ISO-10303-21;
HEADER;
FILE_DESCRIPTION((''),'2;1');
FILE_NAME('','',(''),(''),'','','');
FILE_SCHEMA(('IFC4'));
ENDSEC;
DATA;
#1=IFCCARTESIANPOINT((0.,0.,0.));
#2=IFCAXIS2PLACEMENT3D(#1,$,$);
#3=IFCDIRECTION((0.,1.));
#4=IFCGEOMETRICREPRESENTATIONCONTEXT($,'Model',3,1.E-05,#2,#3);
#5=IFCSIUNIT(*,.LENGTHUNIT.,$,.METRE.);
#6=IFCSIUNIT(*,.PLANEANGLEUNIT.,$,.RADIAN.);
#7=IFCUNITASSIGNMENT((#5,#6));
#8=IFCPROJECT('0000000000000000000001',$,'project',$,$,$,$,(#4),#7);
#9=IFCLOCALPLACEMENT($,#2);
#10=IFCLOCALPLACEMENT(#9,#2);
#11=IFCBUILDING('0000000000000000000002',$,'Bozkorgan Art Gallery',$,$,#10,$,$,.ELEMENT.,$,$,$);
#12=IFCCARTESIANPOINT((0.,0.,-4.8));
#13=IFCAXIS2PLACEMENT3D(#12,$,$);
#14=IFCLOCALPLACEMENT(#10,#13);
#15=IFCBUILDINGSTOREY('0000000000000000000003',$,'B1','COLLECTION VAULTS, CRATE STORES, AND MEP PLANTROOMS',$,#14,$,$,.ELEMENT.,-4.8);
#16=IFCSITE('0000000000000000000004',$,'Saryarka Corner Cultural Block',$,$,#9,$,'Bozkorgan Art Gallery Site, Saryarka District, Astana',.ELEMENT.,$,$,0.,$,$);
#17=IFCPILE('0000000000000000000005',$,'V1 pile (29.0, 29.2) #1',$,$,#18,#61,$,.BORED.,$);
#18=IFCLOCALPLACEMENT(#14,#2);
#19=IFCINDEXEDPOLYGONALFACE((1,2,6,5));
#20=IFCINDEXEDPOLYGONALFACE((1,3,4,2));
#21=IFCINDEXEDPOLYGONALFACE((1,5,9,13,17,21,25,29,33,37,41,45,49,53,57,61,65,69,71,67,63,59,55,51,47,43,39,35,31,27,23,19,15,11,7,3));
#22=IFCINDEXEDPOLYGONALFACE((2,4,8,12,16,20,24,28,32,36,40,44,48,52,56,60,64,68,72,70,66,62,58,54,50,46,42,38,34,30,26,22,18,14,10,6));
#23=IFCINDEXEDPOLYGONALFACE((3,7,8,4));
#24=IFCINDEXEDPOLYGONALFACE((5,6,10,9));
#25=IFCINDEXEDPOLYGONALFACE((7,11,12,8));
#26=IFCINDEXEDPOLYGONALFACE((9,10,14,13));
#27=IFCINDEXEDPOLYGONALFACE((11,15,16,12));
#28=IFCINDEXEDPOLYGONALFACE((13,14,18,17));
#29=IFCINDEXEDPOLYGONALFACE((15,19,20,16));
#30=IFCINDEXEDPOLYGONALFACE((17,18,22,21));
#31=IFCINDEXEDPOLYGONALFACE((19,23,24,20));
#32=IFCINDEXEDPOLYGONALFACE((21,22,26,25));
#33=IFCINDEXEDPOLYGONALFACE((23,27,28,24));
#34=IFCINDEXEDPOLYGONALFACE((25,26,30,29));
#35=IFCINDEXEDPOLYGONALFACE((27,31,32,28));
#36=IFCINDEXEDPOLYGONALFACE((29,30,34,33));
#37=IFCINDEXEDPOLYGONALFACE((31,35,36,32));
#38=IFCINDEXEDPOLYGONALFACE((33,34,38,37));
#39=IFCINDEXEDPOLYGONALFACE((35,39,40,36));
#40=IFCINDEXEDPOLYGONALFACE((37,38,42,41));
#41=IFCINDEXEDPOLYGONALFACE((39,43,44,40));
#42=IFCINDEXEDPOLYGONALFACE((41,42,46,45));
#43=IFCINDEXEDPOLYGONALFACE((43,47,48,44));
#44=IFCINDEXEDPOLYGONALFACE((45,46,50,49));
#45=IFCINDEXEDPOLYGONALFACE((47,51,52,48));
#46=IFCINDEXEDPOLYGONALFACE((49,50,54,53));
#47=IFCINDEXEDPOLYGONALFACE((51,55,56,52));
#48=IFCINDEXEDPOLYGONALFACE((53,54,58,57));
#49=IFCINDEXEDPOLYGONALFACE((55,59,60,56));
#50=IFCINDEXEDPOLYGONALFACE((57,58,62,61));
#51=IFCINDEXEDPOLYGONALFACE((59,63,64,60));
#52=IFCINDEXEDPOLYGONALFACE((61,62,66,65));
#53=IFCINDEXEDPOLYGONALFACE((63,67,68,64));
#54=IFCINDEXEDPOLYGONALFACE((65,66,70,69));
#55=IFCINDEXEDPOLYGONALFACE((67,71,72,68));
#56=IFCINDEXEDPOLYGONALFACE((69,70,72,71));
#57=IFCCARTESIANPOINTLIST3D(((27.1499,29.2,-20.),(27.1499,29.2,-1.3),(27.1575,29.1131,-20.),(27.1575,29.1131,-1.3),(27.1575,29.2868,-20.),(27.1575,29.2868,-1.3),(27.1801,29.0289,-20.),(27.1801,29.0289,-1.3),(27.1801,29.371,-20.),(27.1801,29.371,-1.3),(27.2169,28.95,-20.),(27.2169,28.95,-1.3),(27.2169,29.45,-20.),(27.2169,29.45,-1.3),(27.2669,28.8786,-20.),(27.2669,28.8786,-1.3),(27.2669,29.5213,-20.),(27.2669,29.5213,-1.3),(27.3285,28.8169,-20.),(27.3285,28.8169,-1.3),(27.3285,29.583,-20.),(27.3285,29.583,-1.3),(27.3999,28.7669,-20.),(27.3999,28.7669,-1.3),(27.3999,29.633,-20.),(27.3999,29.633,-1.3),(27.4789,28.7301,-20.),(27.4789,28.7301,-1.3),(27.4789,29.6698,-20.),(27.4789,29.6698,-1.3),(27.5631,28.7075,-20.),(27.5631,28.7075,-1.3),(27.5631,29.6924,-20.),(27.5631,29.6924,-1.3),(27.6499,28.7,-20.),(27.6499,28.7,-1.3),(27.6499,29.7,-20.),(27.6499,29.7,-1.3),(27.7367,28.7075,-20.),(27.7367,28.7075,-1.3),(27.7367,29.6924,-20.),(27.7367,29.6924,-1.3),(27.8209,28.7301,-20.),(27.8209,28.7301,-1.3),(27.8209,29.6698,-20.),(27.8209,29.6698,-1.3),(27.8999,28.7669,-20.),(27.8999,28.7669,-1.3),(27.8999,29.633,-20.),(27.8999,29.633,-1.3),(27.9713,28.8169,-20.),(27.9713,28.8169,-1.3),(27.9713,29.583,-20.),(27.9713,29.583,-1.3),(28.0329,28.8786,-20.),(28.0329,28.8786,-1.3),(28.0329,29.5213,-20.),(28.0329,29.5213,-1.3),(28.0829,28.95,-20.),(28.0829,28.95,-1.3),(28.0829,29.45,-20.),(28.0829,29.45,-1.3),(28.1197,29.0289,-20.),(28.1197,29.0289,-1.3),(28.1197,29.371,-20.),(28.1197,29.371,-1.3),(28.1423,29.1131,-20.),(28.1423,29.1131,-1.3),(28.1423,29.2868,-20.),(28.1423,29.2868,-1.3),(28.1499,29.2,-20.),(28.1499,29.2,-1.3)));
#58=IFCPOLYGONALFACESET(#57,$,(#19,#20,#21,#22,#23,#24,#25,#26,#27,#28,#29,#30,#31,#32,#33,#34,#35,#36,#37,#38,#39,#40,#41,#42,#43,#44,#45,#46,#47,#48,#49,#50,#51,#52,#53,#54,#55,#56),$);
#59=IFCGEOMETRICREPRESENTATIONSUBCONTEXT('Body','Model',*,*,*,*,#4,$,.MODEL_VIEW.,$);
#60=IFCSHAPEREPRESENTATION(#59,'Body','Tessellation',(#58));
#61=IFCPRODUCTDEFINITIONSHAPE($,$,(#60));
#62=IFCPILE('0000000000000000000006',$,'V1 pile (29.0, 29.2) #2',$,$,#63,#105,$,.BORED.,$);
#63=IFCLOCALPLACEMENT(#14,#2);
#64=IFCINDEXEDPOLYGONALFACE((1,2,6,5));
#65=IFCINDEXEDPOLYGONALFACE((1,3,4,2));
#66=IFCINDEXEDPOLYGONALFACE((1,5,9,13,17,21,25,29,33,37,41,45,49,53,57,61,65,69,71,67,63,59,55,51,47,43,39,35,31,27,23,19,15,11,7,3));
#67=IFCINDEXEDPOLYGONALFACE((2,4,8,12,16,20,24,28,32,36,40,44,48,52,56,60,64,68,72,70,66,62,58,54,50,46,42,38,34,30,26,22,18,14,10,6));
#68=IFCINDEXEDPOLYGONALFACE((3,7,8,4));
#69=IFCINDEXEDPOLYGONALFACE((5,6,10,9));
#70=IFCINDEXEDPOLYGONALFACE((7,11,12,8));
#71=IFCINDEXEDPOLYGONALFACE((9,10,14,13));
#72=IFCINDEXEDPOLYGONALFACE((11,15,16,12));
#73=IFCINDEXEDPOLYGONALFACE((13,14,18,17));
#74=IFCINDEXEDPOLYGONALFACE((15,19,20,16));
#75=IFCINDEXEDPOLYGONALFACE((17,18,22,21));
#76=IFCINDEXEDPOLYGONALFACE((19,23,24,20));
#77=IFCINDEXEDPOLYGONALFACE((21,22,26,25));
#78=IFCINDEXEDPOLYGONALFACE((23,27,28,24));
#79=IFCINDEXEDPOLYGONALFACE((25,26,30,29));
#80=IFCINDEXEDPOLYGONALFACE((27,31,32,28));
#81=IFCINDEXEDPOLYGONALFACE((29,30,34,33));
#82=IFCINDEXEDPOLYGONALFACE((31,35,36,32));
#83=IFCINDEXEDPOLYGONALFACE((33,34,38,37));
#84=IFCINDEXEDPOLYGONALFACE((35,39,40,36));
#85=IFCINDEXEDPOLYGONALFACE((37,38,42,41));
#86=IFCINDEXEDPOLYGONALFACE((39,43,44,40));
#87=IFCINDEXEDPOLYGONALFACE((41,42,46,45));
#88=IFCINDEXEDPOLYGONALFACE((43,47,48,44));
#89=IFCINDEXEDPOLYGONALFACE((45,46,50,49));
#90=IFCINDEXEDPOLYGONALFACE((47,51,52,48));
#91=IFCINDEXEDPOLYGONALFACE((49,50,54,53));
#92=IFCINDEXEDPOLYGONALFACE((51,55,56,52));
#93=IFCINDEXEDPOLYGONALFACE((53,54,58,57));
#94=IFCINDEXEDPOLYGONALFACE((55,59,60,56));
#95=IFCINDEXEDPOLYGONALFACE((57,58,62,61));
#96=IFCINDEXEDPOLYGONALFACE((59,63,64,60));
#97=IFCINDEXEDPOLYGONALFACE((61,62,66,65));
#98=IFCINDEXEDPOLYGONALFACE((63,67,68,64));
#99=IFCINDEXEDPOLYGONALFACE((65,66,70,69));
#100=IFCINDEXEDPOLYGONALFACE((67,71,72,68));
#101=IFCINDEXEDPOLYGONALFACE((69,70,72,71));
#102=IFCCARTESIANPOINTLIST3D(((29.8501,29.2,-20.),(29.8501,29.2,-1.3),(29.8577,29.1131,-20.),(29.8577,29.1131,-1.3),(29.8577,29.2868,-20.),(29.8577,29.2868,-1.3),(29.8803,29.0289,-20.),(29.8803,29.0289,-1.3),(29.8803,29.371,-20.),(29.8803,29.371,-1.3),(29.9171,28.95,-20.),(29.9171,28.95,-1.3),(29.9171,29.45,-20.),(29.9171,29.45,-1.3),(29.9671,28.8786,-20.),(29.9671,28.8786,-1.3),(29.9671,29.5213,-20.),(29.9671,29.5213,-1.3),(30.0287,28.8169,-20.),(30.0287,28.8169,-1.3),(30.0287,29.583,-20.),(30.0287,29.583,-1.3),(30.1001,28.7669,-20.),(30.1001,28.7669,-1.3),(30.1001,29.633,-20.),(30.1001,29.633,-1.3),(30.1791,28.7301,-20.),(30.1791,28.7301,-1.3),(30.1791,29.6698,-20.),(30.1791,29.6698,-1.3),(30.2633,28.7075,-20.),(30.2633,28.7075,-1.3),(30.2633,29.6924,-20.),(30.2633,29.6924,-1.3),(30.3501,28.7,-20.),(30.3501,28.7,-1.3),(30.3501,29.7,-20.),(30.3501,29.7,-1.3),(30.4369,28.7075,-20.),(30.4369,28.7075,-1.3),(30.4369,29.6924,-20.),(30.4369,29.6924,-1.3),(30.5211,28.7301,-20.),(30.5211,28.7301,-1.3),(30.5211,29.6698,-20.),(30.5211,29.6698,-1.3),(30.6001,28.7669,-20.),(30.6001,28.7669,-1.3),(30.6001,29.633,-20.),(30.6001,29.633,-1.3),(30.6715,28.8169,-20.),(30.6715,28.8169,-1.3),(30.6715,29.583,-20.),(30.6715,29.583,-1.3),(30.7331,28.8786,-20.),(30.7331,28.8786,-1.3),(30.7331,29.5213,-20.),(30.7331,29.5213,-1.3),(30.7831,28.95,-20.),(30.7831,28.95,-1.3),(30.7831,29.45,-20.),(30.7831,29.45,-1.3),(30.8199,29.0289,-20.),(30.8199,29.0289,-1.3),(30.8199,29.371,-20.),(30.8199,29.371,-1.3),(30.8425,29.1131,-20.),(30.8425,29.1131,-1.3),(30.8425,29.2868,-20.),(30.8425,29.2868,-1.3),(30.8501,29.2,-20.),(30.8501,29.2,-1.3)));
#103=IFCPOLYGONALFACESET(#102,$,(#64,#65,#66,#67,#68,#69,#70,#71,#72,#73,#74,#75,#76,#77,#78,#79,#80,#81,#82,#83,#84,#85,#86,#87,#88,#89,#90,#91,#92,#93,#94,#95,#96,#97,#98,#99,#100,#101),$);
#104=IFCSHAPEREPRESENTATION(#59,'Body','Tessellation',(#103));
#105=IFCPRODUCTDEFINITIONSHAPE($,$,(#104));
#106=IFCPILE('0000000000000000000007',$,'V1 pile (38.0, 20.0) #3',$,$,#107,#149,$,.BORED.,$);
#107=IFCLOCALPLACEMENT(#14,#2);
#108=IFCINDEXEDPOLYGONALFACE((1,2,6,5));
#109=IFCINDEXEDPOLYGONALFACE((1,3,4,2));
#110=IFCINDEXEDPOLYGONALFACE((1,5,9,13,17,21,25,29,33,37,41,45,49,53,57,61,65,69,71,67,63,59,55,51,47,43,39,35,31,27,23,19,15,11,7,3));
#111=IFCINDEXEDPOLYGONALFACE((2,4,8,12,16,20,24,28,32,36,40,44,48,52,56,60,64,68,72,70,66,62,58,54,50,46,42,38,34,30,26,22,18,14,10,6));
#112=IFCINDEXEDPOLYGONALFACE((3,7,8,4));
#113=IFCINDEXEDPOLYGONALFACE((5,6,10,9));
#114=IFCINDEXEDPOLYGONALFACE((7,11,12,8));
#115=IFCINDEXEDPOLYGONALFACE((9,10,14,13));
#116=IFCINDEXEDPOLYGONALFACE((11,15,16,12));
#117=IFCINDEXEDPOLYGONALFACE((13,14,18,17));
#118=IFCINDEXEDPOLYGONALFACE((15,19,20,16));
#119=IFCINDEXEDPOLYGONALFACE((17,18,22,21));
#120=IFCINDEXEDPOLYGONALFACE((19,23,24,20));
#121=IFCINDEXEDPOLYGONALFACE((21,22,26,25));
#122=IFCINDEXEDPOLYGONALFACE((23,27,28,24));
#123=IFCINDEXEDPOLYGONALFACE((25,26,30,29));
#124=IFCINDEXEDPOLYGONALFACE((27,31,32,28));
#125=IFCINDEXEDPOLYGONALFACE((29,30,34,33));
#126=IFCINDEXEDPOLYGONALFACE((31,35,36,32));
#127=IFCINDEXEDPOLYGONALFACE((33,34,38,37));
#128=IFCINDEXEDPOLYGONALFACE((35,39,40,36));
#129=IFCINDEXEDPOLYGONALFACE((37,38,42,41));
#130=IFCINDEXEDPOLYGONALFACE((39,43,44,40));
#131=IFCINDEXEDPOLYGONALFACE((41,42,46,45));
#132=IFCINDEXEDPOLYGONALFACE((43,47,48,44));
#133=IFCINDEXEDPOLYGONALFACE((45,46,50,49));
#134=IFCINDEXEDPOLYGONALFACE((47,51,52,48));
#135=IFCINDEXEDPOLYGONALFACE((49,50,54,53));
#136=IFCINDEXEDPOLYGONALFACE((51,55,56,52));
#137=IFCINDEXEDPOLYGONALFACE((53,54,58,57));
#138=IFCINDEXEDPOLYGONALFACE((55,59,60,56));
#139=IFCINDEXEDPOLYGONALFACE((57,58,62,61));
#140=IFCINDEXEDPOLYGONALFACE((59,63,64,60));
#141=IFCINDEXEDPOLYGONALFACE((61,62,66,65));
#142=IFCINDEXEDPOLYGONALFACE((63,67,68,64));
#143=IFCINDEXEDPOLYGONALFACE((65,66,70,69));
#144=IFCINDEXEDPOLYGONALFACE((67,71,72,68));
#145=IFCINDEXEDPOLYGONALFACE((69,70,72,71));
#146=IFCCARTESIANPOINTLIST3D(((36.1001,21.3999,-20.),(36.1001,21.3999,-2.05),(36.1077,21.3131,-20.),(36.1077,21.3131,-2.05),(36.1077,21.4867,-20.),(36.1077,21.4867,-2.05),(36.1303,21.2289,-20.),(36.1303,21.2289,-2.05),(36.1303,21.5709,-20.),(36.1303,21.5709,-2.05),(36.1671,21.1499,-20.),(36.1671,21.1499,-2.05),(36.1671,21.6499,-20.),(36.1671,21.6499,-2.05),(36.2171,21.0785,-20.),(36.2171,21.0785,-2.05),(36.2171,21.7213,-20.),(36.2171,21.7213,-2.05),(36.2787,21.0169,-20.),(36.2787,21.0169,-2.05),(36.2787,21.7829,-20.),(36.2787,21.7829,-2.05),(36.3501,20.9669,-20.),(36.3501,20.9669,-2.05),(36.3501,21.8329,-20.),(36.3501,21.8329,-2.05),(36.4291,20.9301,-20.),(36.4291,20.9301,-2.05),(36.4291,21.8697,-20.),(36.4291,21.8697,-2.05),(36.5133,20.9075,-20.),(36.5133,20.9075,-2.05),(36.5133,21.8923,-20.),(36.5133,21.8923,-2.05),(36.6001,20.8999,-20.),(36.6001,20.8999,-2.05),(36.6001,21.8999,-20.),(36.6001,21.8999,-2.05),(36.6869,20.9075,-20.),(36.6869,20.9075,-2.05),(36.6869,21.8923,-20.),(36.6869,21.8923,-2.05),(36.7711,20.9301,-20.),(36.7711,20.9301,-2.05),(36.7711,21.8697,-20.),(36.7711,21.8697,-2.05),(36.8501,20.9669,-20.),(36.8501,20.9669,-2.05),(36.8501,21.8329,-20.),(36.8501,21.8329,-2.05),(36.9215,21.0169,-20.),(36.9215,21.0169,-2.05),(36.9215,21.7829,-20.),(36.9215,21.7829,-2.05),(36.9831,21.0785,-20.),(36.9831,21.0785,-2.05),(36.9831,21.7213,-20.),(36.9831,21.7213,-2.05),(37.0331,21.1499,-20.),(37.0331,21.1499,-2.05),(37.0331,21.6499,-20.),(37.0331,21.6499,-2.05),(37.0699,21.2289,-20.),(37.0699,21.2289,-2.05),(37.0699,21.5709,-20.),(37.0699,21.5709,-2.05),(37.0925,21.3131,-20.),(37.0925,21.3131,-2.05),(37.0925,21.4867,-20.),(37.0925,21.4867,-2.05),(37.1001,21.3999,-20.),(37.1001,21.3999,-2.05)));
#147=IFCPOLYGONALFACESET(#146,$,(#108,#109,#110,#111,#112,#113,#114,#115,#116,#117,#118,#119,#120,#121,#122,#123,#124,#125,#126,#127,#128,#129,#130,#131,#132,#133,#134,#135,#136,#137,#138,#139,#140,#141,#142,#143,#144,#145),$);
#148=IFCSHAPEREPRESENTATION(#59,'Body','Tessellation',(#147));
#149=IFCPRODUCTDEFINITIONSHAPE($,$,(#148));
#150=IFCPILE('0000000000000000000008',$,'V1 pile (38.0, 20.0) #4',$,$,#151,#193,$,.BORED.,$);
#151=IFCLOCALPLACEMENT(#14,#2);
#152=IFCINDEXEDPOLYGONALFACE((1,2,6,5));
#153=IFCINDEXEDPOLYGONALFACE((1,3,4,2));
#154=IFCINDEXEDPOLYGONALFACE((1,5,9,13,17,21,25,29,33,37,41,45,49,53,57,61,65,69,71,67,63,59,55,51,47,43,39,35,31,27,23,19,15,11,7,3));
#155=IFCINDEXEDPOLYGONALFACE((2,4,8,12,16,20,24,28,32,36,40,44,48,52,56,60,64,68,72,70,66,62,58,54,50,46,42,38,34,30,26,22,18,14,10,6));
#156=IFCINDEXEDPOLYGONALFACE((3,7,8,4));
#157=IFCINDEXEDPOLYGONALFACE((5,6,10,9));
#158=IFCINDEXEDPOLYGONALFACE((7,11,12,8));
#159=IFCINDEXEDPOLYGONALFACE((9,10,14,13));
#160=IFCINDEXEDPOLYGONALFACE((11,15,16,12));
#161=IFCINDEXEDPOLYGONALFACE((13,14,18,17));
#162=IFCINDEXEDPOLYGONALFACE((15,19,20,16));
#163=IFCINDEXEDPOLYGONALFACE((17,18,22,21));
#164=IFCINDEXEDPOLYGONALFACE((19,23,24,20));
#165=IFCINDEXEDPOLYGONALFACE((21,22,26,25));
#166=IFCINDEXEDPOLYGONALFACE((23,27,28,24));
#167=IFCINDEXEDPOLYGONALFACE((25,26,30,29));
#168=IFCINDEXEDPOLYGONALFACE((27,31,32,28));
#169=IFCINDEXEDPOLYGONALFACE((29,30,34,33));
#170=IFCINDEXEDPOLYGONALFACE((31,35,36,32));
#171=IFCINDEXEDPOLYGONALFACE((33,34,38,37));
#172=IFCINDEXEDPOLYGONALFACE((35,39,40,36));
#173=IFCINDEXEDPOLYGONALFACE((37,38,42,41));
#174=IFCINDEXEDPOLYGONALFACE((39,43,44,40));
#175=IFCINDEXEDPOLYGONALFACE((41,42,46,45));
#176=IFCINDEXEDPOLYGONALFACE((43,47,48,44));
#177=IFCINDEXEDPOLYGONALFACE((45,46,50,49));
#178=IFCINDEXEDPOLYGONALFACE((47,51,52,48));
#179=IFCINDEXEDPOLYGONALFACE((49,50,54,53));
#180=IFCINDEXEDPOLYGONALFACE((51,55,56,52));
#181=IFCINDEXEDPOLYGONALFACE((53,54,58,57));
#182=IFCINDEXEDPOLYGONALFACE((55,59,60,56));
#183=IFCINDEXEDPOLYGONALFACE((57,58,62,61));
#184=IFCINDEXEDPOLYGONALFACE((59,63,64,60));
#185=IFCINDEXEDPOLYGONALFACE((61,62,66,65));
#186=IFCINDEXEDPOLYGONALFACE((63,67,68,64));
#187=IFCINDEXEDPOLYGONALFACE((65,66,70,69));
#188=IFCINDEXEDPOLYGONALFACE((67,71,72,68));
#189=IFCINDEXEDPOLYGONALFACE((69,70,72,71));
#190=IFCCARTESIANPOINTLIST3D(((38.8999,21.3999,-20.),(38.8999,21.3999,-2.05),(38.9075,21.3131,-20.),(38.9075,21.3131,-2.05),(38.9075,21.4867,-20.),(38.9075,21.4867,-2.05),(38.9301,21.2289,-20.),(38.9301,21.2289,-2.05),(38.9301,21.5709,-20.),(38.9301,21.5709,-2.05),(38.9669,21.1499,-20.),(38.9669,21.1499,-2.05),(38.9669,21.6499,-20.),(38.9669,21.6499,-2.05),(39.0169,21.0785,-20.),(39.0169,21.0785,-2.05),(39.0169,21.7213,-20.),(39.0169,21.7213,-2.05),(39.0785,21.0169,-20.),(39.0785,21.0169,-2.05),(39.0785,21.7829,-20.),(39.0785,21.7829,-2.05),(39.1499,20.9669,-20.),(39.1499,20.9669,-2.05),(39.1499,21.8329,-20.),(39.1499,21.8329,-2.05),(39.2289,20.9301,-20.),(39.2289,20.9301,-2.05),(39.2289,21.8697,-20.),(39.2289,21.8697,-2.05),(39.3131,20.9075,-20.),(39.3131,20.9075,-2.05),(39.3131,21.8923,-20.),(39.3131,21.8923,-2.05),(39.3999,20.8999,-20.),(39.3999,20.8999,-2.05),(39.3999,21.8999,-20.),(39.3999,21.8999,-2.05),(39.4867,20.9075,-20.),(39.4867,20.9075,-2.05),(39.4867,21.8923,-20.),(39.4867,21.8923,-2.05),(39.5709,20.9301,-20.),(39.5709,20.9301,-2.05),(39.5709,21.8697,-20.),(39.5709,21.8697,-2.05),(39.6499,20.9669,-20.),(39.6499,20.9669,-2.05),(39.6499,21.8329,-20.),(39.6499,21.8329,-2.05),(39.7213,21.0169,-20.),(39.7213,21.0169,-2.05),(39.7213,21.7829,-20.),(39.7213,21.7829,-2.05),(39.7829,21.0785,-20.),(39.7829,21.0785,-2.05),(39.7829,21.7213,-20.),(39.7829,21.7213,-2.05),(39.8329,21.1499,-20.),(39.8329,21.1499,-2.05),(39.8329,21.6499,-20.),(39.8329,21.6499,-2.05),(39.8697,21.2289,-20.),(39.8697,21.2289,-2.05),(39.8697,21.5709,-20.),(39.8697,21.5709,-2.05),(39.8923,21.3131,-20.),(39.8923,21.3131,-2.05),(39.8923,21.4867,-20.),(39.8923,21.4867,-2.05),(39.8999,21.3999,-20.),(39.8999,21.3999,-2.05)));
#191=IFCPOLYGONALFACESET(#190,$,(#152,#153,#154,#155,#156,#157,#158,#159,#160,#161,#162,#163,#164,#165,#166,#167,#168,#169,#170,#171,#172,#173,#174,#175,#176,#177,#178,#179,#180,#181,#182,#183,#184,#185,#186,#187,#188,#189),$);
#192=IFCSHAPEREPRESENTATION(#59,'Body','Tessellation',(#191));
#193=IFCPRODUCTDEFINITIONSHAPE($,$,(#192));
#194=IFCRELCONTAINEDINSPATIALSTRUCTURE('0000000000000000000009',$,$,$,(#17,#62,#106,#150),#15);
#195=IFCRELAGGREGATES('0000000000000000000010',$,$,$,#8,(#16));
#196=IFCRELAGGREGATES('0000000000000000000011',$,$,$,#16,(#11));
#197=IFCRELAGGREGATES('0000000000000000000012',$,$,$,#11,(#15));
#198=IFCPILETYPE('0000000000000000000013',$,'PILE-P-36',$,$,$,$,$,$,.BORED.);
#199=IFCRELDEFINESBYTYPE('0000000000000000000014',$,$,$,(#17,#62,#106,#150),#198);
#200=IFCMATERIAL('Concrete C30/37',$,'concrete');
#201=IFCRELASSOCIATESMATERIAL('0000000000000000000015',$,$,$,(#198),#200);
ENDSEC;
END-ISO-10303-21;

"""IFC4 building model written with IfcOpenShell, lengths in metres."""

from ifc_helpers import new_model, si_unit, direction, frame, origin, origin_2d, place, context, subcontext, project, spatial, circle, extrude, material, material_profile, profile_set, type_object, element, save


model = new_model("IFC4")

# Units and contexts
model_context = context("Model", 3, precision=1e-05, world=origin(), true_north=direction((0.0, 1.0)))
body_context = subcontext(model_context, "Body", "Model", "MODEL_VIEW")
ifc_project = project(units=[si_unit("LENGTHUNIT", "METRE"), si_unit("PLANEANGLEUNIT", "RADIAN")], contexts=[model_context])

# Site, building, storey
site_placement = place(None, origin())
site = spatial("IfcSite", under=ifc_project, at=site_placement, Name="Saryarka Corner Cultural Block", LongName="Bozkorgan Art Gallery Site, Saryarka District, Astana", CompositionType="ELEMENT", RefElevation=0.0)
building_placement = place(site_placement, origin())
building = spatial("IfcBuilding", under=site, at=building_placement, Name="Bozkorgan Art Gallery", CompositionType="ELEMENT")
storey_placement = place(building_placement, frame((0.0, 0.0, -4.8)))
storey = spatial("IfcBuildingStorey", under=building, at=storey_placement, Name="B1", Description="COLLECTION VAULTS, CRATE STORES, AND MEP PLANTROOMS", CompositionType="ELEMENT", Elevation=-4.8)

# Shared definitions
ifc_material_1 = material(Name="Concrete C30/37", Category="concrete")

# Piles
ifc_material_profile_1 = material_profile(ifc_material_1, circle(Radius=0.5, at=origin_2d()), Name="PILE D1000")
ifc_profile_set_1 = profile_set([ifc_material_profile_1], Name="Concrete C30/37")
pile_type_1 = type_object("IfcPileType", Name="PILE-P-36", PredefinedType="BORED", material=ifc_profile_set_1)
for number, where, z_axis, x_axis, name in (
    (1, (27.6499, 29.2, -1.3), (0.0, 0.0, -1.0), (1.0, 0.0, 0.0), "V1 pile (29.0, 29.2) #1"),
    (2, (30.3501, 29.2, -1.3), (0.0, 0.0, -1.0), (1.0, 0.0, 0.0), "V1 pile (29.0, 29.2) #2"),
):
    element("IfcPile", number, at=place(storey_placement, frame(where, z_axis=z_axis, x_axis=x_axis)), inside=storey, type_object=pile_type_1, Name=name, PredefinedType="BORED", context=body_context, shape_type="SweptSolid", body=[
        extrude(circle(Radius=0.5, at=origin_2d()), origin(), (0.0, 0.0, 1.0), 18.7),
    ])
for number, where, z_axis, x_axis, name in (
    (3, (36.6001, 21.3999, -2.05), (0.0, 0.0, -1.0), (1.0, 0.0, 0.0), "V1 pile (38.0, 20.0) #3"),
    (4, (39.3999, 21.3999, -2.05), (0.0, 0.0, -1.0), (1.0, 0.0, 0.0), "V1 pile (38.0, 20.0) #4"),
):
    element("IfcPile", number, at=place(storey_placement, frame(where, z_axis=z_axis, x_axis=x_axis)), inside=storey, type_object=pile_type_1, Name=name, PredefinedType="BORED", context=body_context, shape_type="SweptSolid", body=[
        extrude(circle(Radius=0.5, at=origin_2d()), origin(), (0.0, 0.0, 1.0), 17.95),
    ])

save(model, "model.ifc")
